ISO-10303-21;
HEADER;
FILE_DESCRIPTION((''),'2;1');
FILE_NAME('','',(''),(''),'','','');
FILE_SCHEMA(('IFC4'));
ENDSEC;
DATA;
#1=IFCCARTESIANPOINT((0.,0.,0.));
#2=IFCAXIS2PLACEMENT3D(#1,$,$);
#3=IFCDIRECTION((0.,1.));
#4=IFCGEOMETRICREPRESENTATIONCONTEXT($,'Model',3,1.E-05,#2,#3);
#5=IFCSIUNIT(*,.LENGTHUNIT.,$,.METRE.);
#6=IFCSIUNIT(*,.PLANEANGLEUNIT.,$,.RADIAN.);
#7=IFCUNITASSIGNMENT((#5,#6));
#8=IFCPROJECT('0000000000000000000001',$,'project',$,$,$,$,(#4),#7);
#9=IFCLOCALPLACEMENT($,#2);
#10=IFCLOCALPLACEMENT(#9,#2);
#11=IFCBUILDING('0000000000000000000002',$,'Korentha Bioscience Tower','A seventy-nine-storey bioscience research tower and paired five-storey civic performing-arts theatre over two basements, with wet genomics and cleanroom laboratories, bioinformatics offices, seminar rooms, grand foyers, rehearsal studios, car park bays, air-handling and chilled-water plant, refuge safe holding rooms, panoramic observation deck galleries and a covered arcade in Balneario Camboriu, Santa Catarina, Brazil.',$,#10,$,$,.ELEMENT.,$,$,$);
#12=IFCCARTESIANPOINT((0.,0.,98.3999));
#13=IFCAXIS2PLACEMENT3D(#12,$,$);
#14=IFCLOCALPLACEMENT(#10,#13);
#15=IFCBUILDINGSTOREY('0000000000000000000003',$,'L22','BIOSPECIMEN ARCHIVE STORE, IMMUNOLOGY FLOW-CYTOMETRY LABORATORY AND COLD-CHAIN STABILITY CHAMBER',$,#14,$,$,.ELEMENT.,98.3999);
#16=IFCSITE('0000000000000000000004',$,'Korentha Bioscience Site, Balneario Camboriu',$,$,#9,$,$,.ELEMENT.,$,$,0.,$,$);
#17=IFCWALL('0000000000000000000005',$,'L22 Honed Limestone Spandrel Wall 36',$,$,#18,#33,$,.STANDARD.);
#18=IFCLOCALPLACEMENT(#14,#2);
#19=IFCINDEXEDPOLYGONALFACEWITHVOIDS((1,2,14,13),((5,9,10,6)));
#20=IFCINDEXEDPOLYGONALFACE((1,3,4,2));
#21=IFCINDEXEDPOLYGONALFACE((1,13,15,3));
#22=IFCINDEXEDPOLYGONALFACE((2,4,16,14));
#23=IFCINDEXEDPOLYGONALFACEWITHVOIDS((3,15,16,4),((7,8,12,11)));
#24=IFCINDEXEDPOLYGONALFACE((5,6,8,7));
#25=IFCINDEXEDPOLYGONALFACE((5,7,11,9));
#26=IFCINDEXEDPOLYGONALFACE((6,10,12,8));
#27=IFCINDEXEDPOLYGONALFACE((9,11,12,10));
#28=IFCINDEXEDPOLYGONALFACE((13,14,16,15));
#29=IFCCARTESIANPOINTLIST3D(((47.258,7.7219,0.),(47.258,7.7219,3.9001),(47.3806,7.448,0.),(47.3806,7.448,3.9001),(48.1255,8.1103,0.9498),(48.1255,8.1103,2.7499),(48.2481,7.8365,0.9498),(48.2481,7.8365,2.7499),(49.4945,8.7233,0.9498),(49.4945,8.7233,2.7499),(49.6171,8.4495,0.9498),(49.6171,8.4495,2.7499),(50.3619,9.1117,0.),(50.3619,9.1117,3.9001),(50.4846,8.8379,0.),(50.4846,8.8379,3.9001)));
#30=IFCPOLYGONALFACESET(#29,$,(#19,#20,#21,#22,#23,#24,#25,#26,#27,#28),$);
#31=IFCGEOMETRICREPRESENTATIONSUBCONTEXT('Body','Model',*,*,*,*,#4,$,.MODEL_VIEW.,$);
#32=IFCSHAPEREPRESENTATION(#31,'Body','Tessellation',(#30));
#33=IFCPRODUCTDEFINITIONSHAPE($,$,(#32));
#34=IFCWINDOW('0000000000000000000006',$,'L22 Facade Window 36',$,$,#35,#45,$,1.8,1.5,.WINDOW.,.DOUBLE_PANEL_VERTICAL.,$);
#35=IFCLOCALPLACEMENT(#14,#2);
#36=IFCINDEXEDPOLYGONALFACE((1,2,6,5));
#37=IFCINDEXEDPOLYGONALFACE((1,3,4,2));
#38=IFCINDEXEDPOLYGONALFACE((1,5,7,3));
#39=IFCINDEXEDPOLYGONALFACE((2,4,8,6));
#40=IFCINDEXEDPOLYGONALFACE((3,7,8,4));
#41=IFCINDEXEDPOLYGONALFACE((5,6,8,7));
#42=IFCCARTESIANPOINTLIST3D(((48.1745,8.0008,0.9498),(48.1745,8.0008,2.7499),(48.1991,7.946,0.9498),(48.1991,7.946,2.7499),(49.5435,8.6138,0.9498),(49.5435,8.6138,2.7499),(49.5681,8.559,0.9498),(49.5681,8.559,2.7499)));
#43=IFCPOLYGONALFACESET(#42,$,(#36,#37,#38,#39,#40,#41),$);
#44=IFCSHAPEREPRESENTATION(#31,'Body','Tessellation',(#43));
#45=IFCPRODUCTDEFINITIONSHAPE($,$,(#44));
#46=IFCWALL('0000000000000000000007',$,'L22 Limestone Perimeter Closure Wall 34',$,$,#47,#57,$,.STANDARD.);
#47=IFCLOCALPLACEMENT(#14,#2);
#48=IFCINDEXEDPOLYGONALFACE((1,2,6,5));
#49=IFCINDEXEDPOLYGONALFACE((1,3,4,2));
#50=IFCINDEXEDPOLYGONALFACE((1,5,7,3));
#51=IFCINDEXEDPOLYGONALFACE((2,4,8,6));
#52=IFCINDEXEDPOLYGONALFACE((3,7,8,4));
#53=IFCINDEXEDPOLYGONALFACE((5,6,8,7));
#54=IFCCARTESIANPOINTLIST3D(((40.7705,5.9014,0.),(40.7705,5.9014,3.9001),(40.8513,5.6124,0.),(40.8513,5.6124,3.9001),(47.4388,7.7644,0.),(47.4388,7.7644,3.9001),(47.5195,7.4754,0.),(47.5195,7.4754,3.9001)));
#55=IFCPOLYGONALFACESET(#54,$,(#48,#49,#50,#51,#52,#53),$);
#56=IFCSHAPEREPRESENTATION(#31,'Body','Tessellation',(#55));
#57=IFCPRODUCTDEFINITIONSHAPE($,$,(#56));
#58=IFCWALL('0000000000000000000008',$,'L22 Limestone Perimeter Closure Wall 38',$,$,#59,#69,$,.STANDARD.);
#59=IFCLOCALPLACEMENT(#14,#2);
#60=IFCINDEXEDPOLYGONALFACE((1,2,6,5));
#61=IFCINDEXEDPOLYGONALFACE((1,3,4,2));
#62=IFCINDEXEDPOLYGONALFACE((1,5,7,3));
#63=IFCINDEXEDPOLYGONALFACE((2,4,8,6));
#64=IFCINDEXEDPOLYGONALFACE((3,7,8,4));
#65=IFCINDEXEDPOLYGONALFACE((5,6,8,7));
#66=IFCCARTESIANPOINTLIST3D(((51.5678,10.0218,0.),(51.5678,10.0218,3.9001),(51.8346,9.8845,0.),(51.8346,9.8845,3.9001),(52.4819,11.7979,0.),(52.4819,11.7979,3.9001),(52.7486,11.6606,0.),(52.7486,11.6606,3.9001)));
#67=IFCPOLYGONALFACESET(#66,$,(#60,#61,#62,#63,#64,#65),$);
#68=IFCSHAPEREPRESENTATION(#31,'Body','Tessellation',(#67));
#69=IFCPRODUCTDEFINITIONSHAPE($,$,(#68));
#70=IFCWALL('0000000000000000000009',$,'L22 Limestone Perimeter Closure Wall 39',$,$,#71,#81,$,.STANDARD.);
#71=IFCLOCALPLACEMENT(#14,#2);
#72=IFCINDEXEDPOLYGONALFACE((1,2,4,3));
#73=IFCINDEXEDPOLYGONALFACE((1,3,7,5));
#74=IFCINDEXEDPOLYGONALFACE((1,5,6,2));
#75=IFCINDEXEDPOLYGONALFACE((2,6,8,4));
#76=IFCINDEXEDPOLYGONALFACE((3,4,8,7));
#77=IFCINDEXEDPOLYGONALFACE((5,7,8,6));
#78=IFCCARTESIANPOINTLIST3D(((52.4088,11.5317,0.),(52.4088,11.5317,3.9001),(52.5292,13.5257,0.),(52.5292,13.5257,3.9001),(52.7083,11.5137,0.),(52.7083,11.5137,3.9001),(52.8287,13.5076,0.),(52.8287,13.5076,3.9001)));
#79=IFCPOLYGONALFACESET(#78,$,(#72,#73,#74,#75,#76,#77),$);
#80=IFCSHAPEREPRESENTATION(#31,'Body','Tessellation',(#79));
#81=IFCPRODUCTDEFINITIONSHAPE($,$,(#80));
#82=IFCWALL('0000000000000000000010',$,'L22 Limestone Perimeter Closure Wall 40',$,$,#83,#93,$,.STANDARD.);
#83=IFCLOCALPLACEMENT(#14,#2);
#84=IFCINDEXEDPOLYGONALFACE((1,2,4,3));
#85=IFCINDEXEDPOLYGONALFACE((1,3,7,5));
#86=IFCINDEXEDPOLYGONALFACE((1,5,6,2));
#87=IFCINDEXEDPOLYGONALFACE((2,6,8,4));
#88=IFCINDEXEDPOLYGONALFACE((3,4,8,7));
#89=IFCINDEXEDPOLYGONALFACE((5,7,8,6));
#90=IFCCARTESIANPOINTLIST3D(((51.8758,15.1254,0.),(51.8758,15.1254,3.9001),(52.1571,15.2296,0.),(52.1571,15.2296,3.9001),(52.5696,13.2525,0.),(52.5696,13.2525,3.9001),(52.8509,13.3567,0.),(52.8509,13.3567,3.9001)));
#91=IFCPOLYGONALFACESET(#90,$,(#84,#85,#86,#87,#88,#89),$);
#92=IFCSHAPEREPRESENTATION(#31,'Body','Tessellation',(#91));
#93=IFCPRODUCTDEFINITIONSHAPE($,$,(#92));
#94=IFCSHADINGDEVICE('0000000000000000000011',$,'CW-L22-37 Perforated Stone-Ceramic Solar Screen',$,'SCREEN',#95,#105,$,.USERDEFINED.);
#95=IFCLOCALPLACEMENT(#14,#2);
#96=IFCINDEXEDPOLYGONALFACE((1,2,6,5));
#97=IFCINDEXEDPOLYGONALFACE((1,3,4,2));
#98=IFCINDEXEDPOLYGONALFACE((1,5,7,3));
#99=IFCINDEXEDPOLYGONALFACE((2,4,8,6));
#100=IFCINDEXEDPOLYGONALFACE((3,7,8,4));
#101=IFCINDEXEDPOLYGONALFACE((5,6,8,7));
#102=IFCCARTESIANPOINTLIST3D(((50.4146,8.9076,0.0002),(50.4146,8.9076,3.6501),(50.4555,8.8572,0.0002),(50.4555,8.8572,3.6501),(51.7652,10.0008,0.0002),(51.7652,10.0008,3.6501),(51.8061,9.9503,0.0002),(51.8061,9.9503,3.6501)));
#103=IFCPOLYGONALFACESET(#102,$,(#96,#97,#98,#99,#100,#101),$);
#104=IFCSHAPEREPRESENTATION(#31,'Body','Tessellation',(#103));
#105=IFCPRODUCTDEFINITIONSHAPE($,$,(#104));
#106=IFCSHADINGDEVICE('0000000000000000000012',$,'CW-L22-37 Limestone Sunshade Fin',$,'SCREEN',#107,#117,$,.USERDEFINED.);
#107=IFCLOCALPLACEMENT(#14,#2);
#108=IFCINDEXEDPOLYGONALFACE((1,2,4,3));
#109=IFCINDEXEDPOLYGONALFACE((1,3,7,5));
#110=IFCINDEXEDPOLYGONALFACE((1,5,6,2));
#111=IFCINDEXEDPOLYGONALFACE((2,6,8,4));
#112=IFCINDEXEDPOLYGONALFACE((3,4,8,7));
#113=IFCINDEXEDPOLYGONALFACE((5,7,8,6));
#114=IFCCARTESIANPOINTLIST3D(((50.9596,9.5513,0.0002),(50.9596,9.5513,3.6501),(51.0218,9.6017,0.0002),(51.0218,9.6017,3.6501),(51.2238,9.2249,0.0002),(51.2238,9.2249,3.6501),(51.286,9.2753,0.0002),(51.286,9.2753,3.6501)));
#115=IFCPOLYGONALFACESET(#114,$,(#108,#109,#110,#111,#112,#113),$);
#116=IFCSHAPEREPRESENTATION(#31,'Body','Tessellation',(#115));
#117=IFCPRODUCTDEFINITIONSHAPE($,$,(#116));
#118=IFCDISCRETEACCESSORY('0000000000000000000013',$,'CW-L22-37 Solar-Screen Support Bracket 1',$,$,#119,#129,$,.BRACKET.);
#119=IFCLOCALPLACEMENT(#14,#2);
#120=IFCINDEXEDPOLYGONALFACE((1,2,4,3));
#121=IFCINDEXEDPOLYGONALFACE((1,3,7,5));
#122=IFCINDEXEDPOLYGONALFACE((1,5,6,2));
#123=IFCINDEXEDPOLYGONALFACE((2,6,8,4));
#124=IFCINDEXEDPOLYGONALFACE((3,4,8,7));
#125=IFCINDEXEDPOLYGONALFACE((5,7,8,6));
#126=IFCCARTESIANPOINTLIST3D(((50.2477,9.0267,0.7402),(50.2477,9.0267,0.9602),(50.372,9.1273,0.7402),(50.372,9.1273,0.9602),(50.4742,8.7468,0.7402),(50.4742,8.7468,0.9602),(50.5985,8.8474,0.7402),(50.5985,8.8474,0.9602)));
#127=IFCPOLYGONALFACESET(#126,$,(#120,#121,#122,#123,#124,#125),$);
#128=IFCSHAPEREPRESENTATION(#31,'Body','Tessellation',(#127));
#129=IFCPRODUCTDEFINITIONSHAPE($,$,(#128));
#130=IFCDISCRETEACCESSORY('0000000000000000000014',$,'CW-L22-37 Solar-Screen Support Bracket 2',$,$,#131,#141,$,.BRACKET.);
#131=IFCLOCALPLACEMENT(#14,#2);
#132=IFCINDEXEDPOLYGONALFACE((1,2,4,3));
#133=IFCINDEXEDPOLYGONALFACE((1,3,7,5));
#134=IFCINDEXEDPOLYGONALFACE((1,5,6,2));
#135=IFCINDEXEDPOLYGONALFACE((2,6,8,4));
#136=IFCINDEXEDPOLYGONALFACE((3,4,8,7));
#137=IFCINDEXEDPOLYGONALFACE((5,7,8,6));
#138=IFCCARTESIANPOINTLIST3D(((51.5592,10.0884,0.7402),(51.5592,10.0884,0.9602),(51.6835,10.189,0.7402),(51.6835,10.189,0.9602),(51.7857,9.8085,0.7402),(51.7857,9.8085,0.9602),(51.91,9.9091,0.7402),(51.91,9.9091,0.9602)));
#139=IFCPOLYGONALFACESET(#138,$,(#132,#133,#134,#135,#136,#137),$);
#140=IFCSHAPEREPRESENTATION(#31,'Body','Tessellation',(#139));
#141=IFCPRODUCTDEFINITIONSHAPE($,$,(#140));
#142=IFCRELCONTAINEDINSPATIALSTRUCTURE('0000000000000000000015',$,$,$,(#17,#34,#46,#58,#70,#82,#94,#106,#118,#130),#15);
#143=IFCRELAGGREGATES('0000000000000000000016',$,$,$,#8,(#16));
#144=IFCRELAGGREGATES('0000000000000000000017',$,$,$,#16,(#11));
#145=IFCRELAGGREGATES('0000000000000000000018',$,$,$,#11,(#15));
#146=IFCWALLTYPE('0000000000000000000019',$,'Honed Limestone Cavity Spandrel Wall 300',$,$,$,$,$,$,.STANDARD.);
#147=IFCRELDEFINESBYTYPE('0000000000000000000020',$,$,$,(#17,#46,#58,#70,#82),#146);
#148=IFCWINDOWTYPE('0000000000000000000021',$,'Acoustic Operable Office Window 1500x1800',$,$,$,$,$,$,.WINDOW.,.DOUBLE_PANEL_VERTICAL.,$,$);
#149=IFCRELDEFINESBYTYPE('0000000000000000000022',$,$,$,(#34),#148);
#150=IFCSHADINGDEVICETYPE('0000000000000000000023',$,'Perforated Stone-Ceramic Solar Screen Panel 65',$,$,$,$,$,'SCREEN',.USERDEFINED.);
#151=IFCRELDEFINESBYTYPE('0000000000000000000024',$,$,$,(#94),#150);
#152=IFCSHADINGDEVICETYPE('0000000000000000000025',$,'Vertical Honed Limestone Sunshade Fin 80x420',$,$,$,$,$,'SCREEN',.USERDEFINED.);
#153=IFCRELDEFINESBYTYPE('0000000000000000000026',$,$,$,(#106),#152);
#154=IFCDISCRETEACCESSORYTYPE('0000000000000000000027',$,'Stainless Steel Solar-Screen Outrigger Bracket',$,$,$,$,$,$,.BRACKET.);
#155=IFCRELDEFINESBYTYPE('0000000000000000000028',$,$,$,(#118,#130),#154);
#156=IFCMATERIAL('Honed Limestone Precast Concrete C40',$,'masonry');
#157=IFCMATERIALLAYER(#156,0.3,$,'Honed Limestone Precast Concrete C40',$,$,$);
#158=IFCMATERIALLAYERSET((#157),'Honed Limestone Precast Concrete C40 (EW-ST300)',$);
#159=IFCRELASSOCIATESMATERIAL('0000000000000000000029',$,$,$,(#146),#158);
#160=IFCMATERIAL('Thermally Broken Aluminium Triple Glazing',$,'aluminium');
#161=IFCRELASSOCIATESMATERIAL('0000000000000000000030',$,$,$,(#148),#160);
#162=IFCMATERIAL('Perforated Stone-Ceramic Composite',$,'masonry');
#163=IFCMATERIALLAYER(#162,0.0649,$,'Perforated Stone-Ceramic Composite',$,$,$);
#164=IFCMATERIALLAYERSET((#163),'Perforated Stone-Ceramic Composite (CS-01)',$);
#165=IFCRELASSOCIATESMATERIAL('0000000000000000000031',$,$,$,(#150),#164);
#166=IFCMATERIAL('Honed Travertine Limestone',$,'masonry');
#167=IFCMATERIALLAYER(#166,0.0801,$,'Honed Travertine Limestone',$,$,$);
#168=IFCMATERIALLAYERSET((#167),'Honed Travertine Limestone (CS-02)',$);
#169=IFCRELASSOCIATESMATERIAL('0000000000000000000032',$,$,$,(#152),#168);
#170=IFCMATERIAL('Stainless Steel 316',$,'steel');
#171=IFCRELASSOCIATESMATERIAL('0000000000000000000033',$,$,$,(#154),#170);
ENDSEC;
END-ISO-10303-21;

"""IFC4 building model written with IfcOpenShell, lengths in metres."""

from ifc_helpers import new_model, si_unit, direction, frame, frame_2d, origin, origin_2d, place, context, subcontext, project, spatial, rectangle, extrude, material, layer, layer_set, type_object, element, fill, save


model = new_model("IFC4")

# Units and contexts
model_context = context("Model", 3, precision=1e-05, world=origin(), true_north=direction((0.0, 1.0)))
body_context = subcontext(model_context, "Body", "Model", "MODEL_VIEW")
ifc_project = project(units=[si_unit("LENGTHUNIT", "METRE"), si_unit("PLANEANGLEUNIT", "RADIAN")], contexts=[model_context])

# Site, building, storey
site_placement = place(None, origin())
site = spatial("IfcSite", under=ifc_project, at=site_placement, Name="Korentha Bioscience Site, Balneario Camboriu", CompositionType="ELEMENT", RefElevation=0.0)
building_placement = place(site_placement, origin())
building = spatial("IfcBuilding", under=site, at=building_placement, Name="Korentha Bioscience Tower", Description="A seventy-nine-storey bioscience research tower and paired five-storey civic performing-arts theatre over two basements, with wet genomics and cleanroom laboratories, bioinformatics offices, seminar rooms, grand foyers, rehearsal studios, car park bays, air-handling and chilled-water plant, refuge safe holding rooms, panoramic observation deck galleries and a covered arcade in Balneario Camboriu, Santa Catarina, Brazil.", CompositionType="ELEMENT")
storey_placement = place(building_placement, frame((0.0, 0.0, 98.3999)))
storey = spatial("IfcBuildingStorey", under=building, at=storey_placement, Name="L22", Description="BIOSPECIMEN ARCHIVE STORE, IMMUNOLOGY FLOW-CYTOMETRY LABORATORY AND COLD-CHAIN STABILITY CHAMBER", CompositionType="ELEMENT", Elevation=98.3999)

# Wall, opening, window
ifc_material_1 = material(Name="Honed Limestone Precast Concrete C40", Category="masonry")
ifc_layer_1 = layer(ifc_material_1, 0.3, Name="Honed Limestone Precast Concrete C40")
ifc_layer_set_1 = layer_set([ifc_layer_1], Name="Honed Limestone Precast Concrete C40 (EW-ST300)")
wall_type_1 = type_object("IfcWallType", Name="Honed Limestone Cavity Spandrel Wall 300", PredefinedType="STANDARD", material=ifc_layer_set_1)
wall_1_placement = place(storey_placement, frame((47.3193, 7.585, 0.0), z_axis=(0.0, 0.0, 1.0), x_axis=(0.91268, 0.408675, 0.0)))
wall_1 = element("IfcWall", 1, at=wall_1_placement, inside=storey, type_object=wall_type_1, Name="L22 Honed Limestone Spandrel Wall 36", PredefinedType="STANDARD", context=body_context, shape_type="SweptSolid", body=[
    extrude(rectangle(XDim=3.4009, YDim=0.3, at=frame_2d((1.7004, 0.0))), origin(), (0.0, 0.0, 1.0), 3.9001),
])
opening_placement = place(wall_1_placement, frame((0.9504, 0.0, 0.95)))
opening = element("IfcOpeningElement", 2, at=opening_placement, cuts=wall_1, PredefinedType="OPENING", context=body_context, shape_type="SweptSolid", body=[
    extrude(rectangle(XDim=1.5, YDim=1.8, at=frame_2d((0.75, 0.8999))), frame((0.0, 0.165, 0.0), z_axis=(0.0, -1.0, 0.0), x_axis=(1.0, 0.0, 0.0)), (0.0, 0.0, 1.0), 0.3298),
])
ifc_material_2 = material(Name="Thermally Broken Aluminium Triple Glazing", Category="aluminium")
window_type = type_object("IfcWindowType", Name="Acoustic Operable Office Window 1500x1800", PartitioningType="DOUBLE_PANEL_VERTICAL", PredefinedType="WINDOW", material=ifc_material_2)
window_placement = place(opening_placement, origin())
window = element("IfcWindow", 3, at=window_placement, inside=storey, type_object=window_type, Name="L22 Facade Window 36", OverallHeight=1.8, OverallWidth=1.5, PartitioningType="DOUBLE_PANEL_VERTICAL", PredefinedType="WINDOW", context=body_context, shape_type="SweptSolid", body=[
    extrude(rectangle(XDim=1.5, YDim=1.8, at=frame_2d((0.75, 0.8999))), frame((0.0, 0.03, 0.0), z_axis=(0.0, -1.0, 0.0), x_axis=(1.0, 0.0, 0.0)), (0.0, 0.0, 1.0), 0.0601),
])
fill(opening, window)

# Walls
wall_2_placement = place(storey_placement, frame((40.8108, 5.7568, 0.0), z_axis=(0.0, 0.0, 1.0), x_axis=(0.963116, 0.269086, 0.0)))
element("IfcWall", 4, at=wall_2_placement, inside=storey, type_object=wall_type_1, Name="L22 Limestone Perimeter Closure Wall 34", PredefinedType="STANDARD", context=body_context, shape_type="SweptSolid", body=[
    extrude(rectangle(XDim=6.9236, YDim=0.3, at=frame_2d((3.4619, 0.0))), origin(), (0.0, 0.0, 1.0), 3.9001),
])
for number, where, z_axis, x_axis, name in (
    (5, (51.7012, 9.9531, 0.0), (0.0, 0.0, 1.0), (0.457597, 0.88916, 0.0), "L22 Limestone Perimeter Closure Wall 38"),
    (6, (52.5586, 11.5227, 0.0), (0.0, 0.0, 1.0), (0.060255, 0.998183, 0.0), "L22 Limestone Perimeter Closure Wall 39"),
):
    element("IfcWall", number, at=place(storey_placement, frame(where, z_axis=z_axis, x_axis=x_axis)), inside=storey, type_object=wall_type_1, Name=name, PredefinedType="STANDARD", context=body_context, shape_type="SweptSolid", body=[
        extrude(rectangle(XDim=1.9976, YDim=0.3, at=frame_2d((0.9988, 0.0))), origin(), (0.0, 0.0, 1.0), 3.9001),
    ])
wall_3_placement = place(storey_placement, frame((52.7102, 13.3047, 0.0), z_axis=(0.0, 0.0, 1.0), x_axis=(-0.34737, 0.937728, 0.0)))
element("IfcWall", 7, at=wall_3_placement, inside=storey, type_object=wall_type_1, Name="L22 Limestone Perimeter Closure Wall 40", PredefinedType="STANDARD", context=body_context, shape_type="SweptSolid", body=[
    extrude(rectangle(XDim=1.9973, YDim=0.3, at=frame_2d((0.9985, 0.0))), origin(), (0.0, 0.0, 1.0), 3.9001),
])

# Shading devices
ifc_material_3 = material(Name="Perforated Stone-Ceramic Composite", Category="masonry")
ifc_layer_2 = layer(ifc_material_3, 0.0649, Name="Perforated Stone-Ceramic Composite")
ifc_layer_set_2 = layer_set([ifc_layer_2], Name="Perforated Stone-Ceramic Composite (CS-01)")
shading_device_type_1 = type_object("IfcShadingDeviceType", Name="Perforated Stone-Ceramic Solar Screen Panel 65", ElementType="SCREEN", PredefinedType="USERDEFINED", material=ifc_layer_set_2)
shading_device_1_placement = place(storey_placement, frame((51.1104, 9.429, 0.0002), z_axis=(0.0, 0.0, 1.0), x_axis=(0.777315, 0.629111, 0.0)))
element("IfcShadingDevice", 8, at=shading_device_1_placement, inside=storey, type_object=shading_device_type_1, Name="CW-L22-37 Perforated Stone-Ceramic Solar Screen", ObjectType="SCREEN", PredefinedType="USERDEFINED", context=body_context, shape_type="SweptSolid", body=[
    extrude(rectangle(XDim=1.7375, YDim=0.0649, at=origin_2d()), origin(), (0.0, 0.0, 1.0), 3.6499),
])
ifc_material_4 = material(Name="Honed Travertine Limestone", Category="masonry")
ifc_layer_3 = layer(ifc_material_4, 0.0801, Name="Honed Travertine Limestone")
ifc_layer_set_3 = layer_set([ifc_layer_3], Name="Honed Travertine Limestone (CS-02)")
shading_device_type_2 = type_object("IfcShadingDeviceType", Name="Vertical Honed Limestone Sunshade Fin 80x420", ElementType="SCREEN", PredefinedType="USERDEFINED", material=ifc_layer_set_3)
shading_device_2_placement = place(storey_placement, frame((51.1228, 9.4133, 0.0002), z_axis=(0.0, 0.0, 1.0), x_axis=(0.777315, 0.629111, 0.0)))
element("IfcShadingDevice", 9, at=shading_device_2_placement, inside=storey, type_object=shading_device_type_2, Name="CW-L22-37 Limestone Sunshade Fin", ObjectType="SCREEN", PredefinedType="USERDEFINED", context=body_context, shape_type="SweptSolid", body=[
    extrude(rectangle(XDim=0.0801, YDim=0.4199, at=origin_2d()), origin(), (0.0, 0.0, 1.0), 3.6499),
])

# Discrete accessories
ifc_material_5 = material(Name="Stainless Steel 316", Category="steel")
discrete_accessory_type = type_object("IfcDiscreteAccessoryType", Name="Stainless Steel Solar-Screen Outrigger Bracket", PredefinedType="BRACKET", material=ifc_material_5)
for number, where, z_axis, x_axis, name in (
    (10, (50.4231, 8.937, 0.7402), (0.0, 0.0, 1.0), (0.777315, 0.629111, 0.0), "CW-L22-37 Solar-Screen Support Bracket 1"),
    (11, (51.7346, 9.9988, 0.7402), (0.0, 0.0, 1.0), (0.777315, 0.629111, 0.0), "CW-L22-37 Solar-Screen Support Bracket 2"),
):
    element("IfcDiscreteAccessory", number, at=place(storey_placement, frame(where, z_axis=z_axis, x_axis=x_axis)), inside=storey, type_object=discrete_accessory_type, Name=name, PredefinedType="BRACKET", context=body_context, shape_type="SweptSolid", body=[
        extrude(rectangle(XDim=0.1599, YDim=0.3601, at=origin_2d()), origin(), (0.0, 0.0, 1.0), 0.22),
    ])

save(model, "model.ifc")
